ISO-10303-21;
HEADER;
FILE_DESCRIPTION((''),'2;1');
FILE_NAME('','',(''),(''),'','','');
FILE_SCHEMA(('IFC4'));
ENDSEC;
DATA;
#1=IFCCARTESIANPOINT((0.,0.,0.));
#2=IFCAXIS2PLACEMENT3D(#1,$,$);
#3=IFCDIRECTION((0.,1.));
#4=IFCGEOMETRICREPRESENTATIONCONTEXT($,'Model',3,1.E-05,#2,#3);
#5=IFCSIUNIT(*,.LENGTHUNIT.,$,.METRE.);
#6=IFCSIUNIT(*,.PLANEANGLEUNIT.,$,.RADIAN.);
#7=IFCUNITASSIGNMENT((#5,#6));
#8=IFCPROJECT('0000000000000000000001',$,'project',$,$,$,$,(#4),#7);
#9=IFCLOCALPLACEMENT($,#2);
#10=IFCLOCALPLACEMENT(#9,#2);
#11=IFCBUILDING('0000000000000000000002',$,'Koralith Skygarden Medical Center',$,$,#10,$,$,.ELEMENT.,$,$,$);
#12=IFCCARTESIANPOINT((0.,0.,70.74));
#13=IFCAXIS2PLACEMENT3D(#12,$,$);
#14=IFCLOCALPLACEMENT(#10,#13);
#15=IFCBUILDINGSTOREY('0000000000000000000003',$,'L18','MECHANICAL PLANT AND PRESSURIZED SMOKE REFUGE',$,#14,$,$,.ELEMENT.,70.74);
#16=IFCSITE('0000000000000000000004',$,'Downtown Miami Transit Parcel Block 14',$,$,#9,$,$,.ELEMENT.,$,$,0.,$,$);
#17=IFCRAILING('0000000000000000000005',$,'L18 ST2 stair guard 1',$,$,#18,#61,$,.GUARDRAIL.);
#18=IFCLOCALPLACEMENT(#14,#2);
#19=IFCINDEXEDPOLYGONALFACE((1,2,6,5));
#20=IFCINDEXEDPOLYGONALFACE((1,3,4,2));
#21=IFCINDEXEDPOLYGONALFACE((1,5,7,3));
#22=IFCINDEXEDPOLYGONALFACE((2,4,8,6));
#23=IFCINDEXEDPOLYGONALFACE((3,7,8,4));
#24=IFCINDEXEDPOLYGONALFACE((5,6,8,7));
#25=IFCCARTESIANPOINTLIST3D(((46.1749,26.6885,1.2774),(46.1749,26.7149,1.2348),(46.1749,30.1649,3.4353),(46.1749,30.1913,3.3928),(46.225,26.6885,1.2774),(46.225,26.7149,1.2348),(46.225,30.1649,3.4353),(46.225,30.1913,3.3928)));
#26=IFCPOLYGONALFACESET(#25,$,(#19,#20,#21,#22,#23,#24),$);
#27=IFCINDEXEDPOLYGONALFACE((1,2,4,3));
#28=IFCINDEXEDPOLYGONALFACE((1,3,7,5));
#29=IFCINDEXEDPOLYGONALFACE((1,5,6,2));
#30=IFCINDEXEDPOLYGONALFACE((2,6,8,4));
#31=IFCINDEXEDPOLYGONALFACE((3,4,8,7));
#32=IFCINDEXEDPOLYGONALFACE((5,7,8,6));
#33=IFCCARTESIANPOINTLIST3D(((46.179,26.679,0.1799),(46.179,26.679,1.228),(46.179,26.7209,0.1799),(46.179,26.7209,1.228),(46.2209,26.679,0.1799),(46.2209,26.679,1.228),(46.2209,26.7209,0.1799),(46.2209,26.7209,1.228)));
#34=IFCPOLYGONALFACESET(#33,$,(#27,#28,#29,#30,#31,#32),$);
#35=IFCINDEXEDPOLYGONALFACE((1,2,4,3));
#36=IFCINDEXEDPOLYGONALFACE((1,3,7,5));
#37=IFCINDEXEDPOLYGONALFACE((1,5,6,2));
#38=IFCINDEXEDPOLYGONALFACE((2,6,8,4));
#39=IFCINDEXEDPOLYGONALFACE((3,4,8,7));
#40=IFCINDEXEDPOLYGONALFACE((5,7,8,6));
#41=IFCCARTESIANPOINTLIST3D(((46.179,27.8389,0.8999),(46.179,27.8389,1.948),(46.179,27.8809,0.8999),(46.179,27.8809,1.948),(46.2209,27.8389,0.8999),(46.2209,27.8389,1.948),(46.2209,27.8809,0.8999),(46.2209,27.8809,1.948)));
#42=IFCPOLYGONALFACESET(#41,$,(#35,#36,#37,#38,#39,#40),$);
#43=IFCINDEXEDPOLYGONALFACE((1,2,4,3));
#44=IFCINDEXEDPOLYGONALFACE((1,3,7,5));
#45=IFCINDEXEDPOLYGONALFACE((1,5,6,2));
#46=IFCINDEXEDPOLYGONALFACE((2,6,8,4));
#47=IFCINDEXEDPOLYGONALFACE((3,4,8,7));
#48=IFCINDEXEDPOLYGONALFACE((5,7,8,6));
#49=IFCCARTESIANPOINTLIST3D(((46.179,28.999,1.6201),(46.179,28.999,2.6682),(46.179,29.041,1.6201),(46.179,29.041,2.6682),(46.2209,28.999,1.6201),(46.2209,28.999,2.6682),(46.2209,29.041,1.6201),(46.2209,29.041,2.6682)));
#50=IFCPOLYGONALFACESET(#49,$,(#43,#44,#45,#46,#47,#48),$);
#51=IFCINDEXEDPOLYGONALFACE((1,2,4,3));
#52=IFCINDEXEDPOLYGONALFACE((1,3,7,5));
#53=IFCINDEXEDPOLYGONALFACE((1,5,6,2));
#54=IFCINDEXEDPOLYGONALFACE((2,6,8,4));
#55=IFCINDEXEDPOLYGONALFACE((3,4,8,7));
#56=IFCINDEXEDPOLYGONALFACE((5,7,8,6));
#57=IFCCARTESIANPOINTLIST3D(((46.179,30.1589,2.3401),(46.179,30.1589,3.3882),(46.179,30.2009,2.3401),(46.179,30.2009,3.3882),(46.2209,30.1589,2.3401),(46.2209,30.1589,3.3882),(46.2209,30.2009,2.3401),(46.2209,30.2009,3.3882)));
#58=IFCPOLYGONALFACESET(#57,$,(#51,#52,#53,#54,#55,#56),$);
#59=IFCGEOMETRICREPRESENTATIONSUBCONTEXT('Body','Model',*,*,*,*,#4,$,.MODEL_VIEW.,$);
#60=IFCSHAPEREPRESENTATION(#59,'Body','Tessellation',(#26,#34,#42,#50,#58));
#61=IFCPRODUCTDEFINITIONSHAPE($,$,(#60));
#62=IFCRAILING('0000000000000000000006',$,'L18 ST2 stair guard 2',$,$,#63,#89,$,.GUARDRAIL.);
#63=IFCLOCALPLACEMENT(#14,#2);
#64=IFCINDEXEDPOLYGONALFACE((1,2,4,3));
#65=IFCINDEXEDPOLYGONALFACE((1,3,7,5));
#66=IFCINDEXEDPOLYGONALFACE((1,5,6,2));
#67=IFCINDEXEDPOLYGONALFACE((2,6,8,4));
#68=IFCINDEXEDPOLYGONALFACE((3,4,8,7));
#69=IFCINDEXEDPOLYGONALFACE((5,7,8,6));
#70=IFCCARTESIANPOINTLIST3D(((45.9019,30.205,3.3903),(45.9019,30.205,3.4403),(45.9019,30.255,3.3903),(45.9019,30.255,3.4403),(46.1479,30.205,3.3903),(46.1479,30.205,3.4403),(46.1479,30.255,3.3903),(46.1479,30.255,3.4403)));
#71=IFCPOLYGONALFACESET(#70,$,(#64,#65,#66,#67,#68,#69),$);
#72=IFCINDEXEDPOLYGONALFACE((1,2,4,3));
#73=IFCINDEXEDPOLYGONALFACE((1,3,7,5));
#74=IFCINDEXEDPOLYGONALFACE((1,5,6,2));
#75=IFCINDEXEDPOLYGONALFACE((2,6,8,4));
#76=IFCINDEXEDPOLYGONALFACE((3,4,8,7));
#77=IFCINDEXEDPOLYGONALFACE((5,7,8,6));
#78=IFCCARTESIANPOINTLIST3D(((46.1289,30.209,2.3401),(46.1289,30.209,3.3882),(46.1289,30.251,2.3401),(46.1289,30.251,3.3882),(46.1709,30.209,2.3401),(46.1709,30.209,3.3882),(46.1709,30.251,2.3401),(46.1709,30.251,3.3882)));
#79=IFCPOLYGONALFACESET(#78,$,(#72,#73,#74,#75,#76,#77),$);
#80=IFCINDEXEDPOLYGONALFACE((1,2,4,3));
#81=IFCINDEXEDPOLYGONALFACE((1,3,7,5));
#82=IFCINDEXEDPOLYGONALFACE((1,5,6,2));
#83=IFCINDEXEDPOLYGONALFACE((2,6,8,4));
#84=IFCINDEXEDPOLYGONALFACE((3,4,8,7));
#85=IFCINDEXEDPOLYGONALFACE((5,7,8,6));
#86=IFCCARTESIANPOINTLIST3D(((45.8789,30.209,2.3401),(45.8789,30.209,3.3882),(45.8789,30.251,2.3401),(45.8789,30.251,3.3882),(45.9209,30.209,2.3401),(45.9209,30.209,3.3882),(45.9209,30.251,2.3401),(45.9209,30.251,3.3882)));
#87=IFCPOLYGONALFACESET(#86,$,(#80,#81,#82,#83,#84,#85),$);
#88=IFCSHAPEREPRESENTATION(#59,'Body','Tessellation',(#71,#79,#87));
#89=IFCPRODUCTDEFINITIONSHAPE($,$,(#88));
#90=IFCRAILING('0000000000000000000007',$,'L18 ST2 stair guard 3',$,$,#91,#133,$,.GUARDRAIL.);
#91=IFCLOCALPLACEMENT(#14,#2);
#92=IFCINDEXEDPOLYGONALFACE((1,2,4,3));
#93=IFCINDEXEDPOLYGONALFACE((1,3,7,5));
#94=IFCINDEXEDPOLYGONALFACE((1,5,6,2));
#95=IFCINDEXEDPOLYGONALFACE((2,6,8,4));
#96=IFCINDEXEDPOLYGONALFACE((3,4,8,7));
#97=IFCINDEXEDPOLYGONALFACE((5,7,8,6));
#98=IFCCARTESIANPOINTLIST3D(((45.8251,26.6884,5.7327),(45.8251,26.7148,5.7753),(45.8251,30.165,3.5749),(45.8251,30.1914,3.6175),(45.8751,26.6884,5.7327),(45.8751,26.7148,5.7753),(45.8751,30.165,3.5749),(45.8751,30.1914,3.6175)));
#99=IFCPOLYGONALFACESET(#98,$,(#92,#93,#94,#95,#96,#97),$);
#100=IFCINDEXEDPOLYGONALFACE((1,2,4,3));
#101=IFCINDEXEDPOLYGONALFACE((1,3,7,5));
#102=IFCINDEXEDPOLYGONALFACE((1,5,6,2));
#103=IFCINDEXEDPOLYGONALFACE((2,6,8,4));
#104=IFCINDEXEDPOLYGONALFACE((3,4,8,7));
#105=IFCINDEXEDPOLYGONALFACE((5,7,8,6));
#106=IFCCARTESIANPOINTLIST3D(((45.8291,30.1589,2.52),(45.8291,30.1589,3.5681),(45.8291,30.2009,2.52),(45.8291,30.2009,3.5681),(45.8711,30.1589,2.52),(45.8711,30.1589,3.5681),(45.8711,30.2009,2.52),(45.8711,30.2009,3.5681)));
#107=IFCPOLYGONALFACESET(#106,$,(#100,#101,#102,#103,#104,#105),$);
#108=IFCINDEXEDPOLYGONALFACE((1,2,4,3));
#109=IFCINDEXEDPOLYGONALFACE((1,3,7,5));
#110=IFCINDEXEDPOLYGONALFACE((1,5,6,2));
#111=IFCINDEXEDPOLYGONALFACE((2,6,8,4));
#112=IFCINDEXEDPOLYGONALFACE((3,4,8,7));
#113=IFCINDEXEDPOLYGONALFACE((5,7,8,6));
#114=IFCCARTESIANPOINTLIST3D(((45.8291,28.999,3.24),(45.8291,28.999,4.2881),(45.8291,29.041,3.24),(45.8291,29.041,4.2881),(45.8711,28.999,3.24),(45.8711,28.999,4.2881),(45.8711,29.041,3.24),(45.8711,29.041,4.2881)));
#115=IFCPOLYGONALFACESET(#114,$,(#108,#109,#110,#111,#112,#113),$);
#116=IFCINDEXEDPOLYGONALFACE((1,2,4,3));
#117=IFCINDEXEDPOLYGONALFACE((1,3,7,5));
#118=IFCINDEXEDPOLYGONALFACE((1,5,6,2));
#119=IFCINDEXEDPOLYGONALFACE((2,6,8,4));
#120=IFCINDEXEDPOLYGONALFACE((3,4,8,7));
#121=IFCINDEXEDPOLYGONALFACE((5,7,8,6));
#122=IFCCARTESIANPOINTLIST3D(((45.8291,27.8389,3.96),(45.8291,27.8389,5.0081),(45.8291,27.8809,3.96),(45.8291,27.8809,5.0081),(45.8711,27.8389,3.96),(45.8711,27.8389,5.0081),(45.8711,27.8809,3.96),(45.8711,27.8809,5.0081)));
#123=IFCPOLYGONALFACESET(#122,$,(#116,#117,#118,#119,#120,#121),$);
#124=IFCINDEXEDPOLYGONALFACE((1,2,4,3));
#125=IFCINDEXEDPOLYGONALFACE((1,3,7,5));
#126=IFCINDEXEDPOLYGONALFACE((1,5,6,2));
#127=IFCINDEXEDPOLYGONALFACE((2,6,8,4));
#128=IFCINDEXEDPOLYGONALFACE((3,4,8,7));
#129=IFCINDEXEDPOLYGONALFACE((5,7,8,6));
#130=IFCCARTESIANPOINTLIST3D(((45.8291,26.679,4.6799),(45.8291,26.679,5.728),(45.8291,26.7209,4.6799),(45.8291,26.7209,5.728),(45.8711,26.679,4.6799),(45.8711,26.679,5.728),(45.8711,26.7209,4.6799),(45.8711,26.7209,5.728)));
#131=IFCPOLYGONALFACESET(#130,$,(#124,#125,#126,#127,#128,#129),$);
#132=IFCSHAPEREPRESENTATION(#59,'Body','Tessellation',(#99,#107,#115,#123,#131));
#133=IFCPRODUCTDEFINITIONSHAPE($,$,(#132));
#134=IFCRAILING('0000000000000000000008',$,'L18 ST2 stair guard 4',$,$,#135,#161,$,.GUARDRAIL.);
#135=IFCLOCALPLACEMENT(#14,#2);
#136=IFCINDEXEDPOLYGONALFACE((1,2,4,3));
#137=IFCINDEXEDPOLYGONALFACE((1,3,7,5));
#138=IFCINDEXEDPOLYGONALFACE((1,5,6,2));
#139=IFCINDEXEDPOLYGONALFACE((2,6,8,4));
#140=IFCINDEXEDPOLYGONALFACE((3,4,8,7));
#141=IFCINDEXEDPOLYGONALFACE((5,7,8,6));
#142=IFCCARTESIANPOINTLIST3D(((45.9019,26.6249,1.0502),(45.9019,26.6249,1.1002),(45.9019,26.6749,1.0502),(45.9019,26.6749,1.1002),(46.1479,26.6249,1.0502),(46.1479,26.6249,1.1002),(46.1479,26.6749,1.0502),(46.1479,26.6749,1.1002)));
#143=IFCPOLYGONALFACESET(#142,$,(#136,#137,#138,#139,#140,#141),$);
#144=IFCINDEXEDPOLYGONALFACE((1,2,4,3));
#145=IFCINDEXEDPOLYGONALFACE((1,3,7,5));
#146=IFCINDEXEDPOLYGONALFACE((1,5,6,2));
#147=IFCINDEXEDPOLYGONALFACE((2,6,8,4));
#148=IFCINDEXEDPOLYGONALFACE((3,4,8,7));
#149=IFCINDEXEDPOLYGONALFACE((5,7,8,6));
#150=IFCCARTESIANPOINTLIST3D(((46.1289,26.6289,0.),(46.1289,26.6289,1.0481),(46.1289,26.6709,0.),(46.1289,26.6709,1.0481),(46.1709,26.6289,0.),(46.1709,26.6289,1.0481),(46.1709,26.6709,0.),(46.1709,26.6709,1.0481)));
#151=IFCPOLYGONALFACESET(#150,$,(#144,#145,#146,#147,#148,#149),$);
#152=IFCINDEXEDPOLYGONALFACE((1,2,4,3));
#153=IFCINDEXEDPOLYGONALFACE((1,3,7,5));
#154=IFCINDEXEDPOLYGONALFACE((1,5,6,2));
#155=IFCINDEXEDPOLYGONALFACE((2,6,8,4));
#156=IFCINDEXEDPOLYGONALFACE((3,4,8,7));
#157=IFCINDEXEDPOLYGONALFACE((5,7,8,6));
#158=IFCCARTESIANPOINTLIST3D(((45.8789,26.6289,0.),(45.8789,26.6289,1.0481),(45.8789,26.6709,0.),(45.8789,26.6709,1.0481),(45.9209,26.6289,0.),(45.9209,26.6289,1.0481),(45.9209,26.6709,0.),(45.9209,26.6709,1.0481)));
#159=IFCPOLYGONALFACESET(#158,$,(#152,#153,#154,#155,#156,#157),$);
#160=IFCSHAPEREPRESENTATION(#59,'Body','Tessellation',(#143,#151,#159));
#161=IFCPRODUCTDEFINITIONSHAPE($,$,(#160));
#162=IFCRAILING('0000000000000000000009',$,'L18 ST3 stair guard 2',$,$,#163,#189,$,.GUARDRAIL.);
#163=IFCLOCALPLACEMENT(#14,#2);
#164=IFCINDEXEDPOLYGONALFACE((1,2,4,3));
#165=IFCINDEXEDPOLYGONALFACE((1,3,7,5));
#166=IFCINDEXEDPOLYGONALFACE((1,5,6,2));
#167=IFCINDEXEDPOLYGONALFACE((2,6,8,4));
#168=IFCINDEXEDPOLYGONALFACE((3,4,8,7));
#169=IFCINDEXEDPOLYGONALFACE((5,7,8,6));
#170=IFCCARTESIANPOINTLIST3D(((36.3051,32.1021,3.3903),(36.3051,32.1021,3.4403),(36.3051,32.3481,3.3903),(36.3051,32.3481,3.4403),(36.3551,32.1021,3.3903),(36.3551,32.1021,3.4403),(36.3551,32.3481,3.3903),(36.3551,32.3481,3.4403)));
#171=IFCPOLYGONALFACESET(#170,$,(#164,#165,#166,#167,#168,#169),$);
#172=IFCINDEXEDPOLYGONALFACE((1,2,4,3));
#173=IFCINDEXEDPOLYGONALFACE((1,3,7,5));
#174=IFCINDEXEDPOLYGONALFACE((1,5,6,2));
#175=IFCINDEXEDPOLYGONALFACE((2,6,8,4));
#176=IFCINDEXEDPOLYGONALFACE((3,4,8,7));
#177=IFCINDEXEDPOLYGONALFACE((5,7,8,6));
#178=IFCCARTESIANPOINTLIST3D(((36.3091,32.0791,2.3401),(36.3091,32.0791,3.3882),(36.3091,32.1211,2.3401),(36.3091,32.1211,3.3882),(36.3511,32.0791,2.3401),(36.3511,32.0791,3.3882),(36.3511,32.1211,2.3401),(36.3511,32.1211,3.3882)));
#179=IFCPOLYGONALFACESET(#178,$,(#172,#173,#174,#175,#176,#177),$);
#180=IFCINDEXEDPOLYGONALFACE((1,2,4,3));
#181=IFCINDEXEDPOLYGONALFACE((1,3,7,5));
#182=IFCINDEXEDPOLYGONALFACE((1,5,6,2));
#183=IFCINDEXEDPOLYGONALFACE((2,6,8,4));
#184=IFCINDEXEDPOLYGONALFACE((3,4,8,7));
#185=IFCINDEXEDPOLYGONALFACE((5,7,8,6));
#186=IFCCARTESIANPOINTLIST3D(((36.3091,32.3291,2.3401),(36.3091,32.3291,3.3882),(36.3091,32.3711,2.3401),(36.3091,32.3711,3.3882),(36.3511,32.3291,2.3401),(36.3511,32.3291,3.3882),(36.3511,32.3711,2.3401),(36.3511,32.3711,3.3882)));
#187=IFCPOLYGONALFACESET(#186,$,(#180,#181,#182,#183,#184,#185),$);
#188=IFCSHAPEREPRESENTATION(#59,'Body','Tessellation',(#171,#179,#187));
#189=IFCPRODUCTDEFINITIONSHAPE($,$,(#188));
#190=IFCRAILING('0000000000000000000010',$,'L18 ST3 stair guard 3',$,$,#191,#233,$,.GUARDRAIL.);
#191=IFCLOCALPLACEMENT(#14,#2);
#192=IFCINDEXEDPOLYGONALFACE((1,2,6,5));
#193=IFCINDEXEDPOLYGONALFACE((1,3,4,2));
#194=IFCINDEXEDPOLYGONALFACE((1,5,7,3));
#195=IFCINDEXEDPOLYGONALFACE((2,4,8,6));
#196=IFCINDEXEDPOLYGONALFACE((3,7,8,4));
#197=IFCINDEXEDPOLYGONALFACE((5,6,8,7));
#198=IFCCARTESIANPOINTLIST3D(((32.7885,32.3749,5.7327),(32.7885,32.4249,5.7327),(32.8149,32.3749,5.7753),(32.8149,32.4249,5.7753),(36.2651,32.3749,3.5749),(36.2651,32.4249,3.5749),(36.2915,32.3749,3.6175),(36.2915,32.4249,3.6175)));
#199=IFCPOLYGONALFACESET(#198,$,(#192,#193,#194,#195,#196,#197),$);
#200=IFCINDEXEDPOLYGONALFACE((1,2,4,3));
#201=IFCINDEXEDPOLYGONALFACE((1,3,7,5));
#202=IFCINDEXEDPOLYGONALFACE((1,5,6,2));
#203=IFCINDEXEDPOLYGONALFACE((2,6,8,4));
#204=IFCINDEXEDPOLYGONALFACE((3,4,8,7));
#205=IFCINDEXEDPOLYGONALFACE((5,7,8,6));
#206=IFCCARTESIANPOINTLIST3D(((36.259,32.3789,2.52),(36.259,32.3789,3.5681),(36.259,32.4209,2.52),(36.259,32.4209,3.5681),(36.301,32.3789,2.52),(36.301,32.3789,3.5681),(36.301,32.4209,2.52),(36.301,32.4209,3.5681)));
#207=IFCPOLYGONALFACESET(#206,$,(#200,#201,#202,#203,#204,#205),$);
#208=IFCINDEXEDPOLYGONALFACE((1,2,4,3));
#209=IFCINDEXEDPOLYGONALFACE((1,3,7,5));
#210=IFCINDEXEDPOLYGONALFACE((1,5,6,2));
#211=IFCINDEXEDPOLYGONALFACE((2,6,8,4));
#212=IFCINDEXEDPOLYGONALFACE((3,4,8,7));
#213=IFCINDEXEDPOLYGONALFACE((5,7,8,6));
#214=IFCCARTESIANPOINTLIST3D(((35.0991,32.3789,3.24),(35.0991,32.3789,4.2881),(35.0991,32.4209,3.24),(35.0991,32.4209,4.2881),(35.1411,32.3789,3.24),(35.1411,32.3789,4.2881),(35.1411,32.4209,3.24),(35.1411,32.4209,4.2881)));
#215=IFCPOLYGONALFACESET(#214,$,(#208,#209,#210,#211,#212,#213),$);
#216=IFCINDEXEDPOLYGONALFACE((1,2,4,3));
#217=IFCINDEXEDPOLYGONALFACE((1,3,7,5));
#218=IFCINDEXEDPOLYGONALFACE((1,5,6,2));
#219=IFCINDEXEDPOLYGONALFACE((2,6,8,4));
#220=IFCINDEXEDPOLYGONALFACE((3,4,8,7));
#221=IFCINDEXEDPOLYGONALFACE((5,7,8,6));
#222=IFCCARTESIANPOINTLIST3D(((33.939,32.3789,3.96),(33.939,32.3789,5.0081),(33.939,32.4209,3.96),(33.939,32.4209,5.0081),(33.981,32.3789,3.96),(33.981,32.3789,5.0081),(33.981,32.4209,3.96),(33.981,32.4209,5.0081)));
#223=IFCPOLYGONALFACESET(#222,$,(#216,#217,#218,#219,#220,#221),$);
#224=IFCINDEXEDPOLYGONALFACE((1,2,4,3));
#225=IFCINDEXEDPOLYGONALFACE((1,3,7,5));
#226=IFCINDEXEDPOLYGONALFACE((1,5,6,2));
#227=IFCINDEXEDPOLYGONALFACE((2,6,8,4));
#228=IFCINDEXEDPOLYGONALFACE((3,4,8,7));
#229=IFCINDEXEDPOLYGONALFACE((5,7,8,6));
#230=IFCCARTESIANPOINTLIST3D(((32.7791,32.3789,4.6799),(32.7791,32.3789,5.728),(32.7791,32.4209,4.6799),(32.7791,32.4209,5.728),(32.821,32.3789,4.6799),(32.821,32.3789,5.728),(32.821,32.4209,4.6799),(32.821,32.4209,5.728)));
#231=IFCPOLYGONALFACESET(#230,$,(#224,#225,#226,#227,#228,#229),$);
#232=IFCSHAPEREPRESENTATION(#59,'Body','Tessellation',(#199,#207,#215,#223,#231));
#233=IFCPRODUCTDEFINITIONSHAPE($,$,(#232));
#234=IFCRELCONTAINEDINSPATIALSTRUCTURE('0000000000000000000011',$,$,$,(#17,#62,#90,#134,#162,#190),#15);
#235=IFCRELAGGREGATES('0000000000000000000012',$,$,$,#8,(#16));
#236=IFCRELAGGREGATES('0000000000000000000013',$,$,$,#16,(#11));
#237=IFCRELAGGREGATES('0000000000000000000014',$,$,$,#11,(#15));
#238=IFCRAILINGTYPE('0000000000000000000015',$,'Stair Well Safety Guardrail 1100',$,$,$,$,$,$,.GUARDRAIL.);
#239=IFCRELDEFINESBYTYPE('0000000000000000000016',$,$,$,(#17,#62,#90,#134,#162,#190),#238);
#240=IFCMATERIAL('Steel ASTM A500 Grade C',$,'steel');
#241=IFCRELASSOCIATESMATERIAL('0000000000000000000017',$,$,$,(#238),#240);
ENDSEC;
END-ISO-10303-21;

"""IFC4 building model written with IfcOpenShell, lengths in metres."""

from ifc_helpers import new_model, si_unit, direction, frame, origin, origin_2d, place, context, subcontext, project, spatial, rectangle, extrude, material, type_object, element, save


model = new_model("IFC4")

# Units and contexts
model_context = context("Model", 3, precision=1e-05, world=origin(), true_north=direction((0.0, 1.0)))
body_context = subcontext(model_context, "Body", "Model", "MODEL_VIEW")
ifc_project = project(units=[si_unit("LENGTHUNIT", "METRE"), si_unit("PLANEANGLEUNIT", "RADIAN")], contexts=[model_context])

# Site, building, storey
site_placement = place(None, origin())
site = spatial("IfcSite", under=ifc_project, at=site_placement, Name="Downtown Miami Transit Parcel Block 14", CompositionType="ELEMENT", RefElevation=0.0)
building_placement = place(site_placement, origin())
building = spatial("IfcBuilding", under=site, at=building_placement, Name="Koralith Skygarden Medical Center", CompositionType="ELEMENT")
storey_placement = place(building_placement, frame((0.0, 0.0, 70.74)))
storey = spatial("IfcBuildingStorey", under=building, at=storey_placement, Name="L18", Description="MECHANICAL PLANT AND PRESSURIZED SMOKE REFUGE", CompositionType="ELEMENT", Elevation=70.74)

# Railings
ifc_material_1 = material(Name="Steel ASTM A500 Grade C", Category="steel")
railing_type_1 = type_object("IfcRailingType", Name="Stair Well Safety Guardrail 1100", PredefinedType="GUARDRAIL", material=ifc_material_1)
railing_1_placement = place(storey_placement, frame((46.2, 26.7, 0.1799)))
element("IfcRailing", 1, at=railing_1_placement, inside=storey, type_object=railing_type_1, Name="L18 ST2 stair guard 1", PredefinedType="GUARDRAIL", context=body_context, shape_type="SweptSolid", body=[
    extrude(rectangle(XDim=0.05, YDim=0.05, at=origin_2d()), frame((0.0, 0.0017, 1.0762), z_axis=(0.0, 0.849622, 0.527393), x_axis=(-1.0, 0.0, 0.0)), (0.0, 0.0, 1.0), 4.0918),
    extrude(rectangle(XDim=0.042, YDim=0.042, at=origin_2d()), origin(), (0.0, 0.0, 1.0), 1.0481),
    extrude(rectangle(XDim=0.042, YDim=0.042, at=origin_2d()), frame((0.0, 1.1599, 0.72)), (0.0, 0.0, 1.0), 1.0481),
    extrude(rectangle(XDim=0.042, YDim=0.042, at=origin_2d()), frame((0.0, 2.3201, 1.4402)), (0.0, 0.0, 1.0), 1.0481),
    extrude(rectangle(XDim=0.042, YDim=0.042, at=origin_2d()), frame((0.0, 3.48, 2.1602)), (0.0, 0.0, 1.0), 1.0481),
])
railing_2_placement = place(storey_placement, frame((46.1499, 30.23, 2.3401)))
element("IfcRailing", 2, at=railing_2_placement, inside=storey, type_object=railing_type_1, Name="L18 ST2 stair guard 2", PredefinedType="GUARDRAIL", context=body_context, shape_type="SweptSolid", body=[
    extrude(rectangle(XDim=0.05, YDim=0.05, at=origin_2d()), frame((-0.002, 0.0, 1.0752), z_axis=(-1.0, 0.0, 0.0), x_axis=(0.0, -1.0, 0.0)), (0.0, 0.0, 1.0), 0.2461),
    extrude(rectangle(XDim=0.042, YDim=0.042, at=origin_2d()), origin(), (0.0, 0.0, 1.0), 1.0481),
    extrude(rectangle(XDim=0.042, YDim=0.042, at=origin_2d()), frame((-0.25, 0.0, 0.0)), (0.0, 0.0, 1.0), 1.0481),
])
railing_3_placement = place(storey_placement, frame((45.8501, 30.1799, 2.52)))
element("IfcRailing", 3, at=railing_3_placement, inside=storey, type_object=railing_type_1, Name="L18 ST2 stair guard 3", PredefinedType="GUARDRAIL", context=body_context, shape_type="SweptSolid", body=[
    extrude(rectangle(XDim=0.05, YDim=0.05, at=origin_2d()), frame((0.0, -0.0017, 1.0762), z_axis=(0.0, -0.849648, 0.52735), x_axis=(1.0, 0.0, 0.0)), (0.0, 0.0, 1.0), 4.0918),
    extrude(rectangle(XDim=0.042, YDim=0.042, at=origin_2d()), origin(), (0.0, 0.0, 1.0), 1.0481),
    extrude(rectangle(XDim=0.042, YDim=0.042, at=origin_2d()), frame((0.0, -1.1599, 0.72)), (0.0, 0.0, 1.0), 1.0481),
    extrude(rectangle(XDim=0.042, YDim=0.042, at=origin_2d()), frame((0.0, -2.3201, 1.4399)), (0.0, 0.0, 1.0), 1.0481),
    extrude(rectangle(XDim=0.042, YDim=0.042, at=origin_2d()), frame((0.0, -3.48, 2.1599)), (0.0, 0.0, 1.0), 1.0481),
])
railing_4_placement = place(storey_placement, frame((46.1499, 26.6499, 0.0)))
element("IfcRailing", 4, at=railing_4_placement, inside=storey, type_object=railing_type_1, Name="L18 ST2 stair guard 4", PredefinedType="GUARDRAIL", context=body_context, shape_type="SweptSolid", body=[
    extrude(rectangle(XDim=0.05, YDim=0.05, at=origin_2d()), frame((-0.002, 0.0, 1.0752), z_axis=(-1.0, 0.0, 0.0), x_axis=(0.0, -1.0, 0.0)), (0.0, 0.0, 1.0), 0.2461),
    extrude(rectangle(XDim=0.042, YDim=0.042, at=origin_2d()), origin(), (0.0, 0.0, 1.0), 1.0481),
    extrude(rectangle(XDim=0.042, YDim=0.042, at=origin_2d()), frame((-0.25, 0.0, 0.0)), (0.0, 0.0, 1.0), 1.0481),
])
railing_5_placement = place(storey_placement, frame((36.3301, 32.1001, 2.3401)))
element("IfcRailing", 5, at=railing_5_placement, inside=storey, type_object=railing_type_1, Name="L18 ST3 stair guard 2", PredefinedType="GUARDRAIL", context=body_context, shape_type="SweptSolid", body=[
    extrude(rectangle(XDim=0.05, YDim=0.05, at=origin_2d()), frame((0.0, 0.002, 1.0752), z_axis=(0.0, 1.0, 0.0), x_axis=(-1.0, 0.0, 0.0)), (0.0, 0.0, 1.0), 0.2461),
    extrude(rectangle(XDim=0.042, YDim=0.042, at=origin_2d()), origin(), (0.0, 0.0, 1.0), 1.0481),
    extrude(rectangle(XDim=0.042, YDim=0.042, at=origin_2d()), frame((0.0, 0.25, 0.0)), (0.0, 0.0, 1.0), 1.0481),
])
railing_6_placement = place(storey_placement, frame((36.28, 32.3999, 2.52)))
element("IfcRailing", 6, at=railing_6_placement, inside=storey, type_object=railing_type_1, Name="L18 ST3 stair guard 3", PredefinedType="GUARDRAIL", context=body_context, shape_type="SweptSolid", body=[
    extrude(rectangle(XDim=0.05, YDim=0.05, at=origin_2d()), frame((-0.0017, 0.0, 1.0762), z_axis=(-0.849648, 0.0, 0.52735), x_axis=(0.0, -1.0, 0.0)), (0.0, 0.0, 1.0), 4.0918),
    extrude(rectangle(XDim=0.042, YDim=0.042, at=origin_2d()), origin(), (0.0, 0.0, 1.0), 1.0481),
    extrude(rectangle(XDim=0.042, YDim=0.042, at=origin_2d()), frame((-1.1599, 0.0, 0.72)), (0.0, 0.0, 1.0), 1.0481),
    extrude(rectangle(XDim=0.042, YDim=0.042, at=origin_2d()), frame((-2.3201, 0.0, 1.4399)), (0.0, 0.0, 1.0), 1.0481),
    extrude(rectangle(XDim=0.042, YDim=0.042, at=origin_2d()), frame((-3.48, 0.0, 2.1599)), (0.0, 0.0, 1.0), 1.0481),
])

save(model, "model.ifc")
